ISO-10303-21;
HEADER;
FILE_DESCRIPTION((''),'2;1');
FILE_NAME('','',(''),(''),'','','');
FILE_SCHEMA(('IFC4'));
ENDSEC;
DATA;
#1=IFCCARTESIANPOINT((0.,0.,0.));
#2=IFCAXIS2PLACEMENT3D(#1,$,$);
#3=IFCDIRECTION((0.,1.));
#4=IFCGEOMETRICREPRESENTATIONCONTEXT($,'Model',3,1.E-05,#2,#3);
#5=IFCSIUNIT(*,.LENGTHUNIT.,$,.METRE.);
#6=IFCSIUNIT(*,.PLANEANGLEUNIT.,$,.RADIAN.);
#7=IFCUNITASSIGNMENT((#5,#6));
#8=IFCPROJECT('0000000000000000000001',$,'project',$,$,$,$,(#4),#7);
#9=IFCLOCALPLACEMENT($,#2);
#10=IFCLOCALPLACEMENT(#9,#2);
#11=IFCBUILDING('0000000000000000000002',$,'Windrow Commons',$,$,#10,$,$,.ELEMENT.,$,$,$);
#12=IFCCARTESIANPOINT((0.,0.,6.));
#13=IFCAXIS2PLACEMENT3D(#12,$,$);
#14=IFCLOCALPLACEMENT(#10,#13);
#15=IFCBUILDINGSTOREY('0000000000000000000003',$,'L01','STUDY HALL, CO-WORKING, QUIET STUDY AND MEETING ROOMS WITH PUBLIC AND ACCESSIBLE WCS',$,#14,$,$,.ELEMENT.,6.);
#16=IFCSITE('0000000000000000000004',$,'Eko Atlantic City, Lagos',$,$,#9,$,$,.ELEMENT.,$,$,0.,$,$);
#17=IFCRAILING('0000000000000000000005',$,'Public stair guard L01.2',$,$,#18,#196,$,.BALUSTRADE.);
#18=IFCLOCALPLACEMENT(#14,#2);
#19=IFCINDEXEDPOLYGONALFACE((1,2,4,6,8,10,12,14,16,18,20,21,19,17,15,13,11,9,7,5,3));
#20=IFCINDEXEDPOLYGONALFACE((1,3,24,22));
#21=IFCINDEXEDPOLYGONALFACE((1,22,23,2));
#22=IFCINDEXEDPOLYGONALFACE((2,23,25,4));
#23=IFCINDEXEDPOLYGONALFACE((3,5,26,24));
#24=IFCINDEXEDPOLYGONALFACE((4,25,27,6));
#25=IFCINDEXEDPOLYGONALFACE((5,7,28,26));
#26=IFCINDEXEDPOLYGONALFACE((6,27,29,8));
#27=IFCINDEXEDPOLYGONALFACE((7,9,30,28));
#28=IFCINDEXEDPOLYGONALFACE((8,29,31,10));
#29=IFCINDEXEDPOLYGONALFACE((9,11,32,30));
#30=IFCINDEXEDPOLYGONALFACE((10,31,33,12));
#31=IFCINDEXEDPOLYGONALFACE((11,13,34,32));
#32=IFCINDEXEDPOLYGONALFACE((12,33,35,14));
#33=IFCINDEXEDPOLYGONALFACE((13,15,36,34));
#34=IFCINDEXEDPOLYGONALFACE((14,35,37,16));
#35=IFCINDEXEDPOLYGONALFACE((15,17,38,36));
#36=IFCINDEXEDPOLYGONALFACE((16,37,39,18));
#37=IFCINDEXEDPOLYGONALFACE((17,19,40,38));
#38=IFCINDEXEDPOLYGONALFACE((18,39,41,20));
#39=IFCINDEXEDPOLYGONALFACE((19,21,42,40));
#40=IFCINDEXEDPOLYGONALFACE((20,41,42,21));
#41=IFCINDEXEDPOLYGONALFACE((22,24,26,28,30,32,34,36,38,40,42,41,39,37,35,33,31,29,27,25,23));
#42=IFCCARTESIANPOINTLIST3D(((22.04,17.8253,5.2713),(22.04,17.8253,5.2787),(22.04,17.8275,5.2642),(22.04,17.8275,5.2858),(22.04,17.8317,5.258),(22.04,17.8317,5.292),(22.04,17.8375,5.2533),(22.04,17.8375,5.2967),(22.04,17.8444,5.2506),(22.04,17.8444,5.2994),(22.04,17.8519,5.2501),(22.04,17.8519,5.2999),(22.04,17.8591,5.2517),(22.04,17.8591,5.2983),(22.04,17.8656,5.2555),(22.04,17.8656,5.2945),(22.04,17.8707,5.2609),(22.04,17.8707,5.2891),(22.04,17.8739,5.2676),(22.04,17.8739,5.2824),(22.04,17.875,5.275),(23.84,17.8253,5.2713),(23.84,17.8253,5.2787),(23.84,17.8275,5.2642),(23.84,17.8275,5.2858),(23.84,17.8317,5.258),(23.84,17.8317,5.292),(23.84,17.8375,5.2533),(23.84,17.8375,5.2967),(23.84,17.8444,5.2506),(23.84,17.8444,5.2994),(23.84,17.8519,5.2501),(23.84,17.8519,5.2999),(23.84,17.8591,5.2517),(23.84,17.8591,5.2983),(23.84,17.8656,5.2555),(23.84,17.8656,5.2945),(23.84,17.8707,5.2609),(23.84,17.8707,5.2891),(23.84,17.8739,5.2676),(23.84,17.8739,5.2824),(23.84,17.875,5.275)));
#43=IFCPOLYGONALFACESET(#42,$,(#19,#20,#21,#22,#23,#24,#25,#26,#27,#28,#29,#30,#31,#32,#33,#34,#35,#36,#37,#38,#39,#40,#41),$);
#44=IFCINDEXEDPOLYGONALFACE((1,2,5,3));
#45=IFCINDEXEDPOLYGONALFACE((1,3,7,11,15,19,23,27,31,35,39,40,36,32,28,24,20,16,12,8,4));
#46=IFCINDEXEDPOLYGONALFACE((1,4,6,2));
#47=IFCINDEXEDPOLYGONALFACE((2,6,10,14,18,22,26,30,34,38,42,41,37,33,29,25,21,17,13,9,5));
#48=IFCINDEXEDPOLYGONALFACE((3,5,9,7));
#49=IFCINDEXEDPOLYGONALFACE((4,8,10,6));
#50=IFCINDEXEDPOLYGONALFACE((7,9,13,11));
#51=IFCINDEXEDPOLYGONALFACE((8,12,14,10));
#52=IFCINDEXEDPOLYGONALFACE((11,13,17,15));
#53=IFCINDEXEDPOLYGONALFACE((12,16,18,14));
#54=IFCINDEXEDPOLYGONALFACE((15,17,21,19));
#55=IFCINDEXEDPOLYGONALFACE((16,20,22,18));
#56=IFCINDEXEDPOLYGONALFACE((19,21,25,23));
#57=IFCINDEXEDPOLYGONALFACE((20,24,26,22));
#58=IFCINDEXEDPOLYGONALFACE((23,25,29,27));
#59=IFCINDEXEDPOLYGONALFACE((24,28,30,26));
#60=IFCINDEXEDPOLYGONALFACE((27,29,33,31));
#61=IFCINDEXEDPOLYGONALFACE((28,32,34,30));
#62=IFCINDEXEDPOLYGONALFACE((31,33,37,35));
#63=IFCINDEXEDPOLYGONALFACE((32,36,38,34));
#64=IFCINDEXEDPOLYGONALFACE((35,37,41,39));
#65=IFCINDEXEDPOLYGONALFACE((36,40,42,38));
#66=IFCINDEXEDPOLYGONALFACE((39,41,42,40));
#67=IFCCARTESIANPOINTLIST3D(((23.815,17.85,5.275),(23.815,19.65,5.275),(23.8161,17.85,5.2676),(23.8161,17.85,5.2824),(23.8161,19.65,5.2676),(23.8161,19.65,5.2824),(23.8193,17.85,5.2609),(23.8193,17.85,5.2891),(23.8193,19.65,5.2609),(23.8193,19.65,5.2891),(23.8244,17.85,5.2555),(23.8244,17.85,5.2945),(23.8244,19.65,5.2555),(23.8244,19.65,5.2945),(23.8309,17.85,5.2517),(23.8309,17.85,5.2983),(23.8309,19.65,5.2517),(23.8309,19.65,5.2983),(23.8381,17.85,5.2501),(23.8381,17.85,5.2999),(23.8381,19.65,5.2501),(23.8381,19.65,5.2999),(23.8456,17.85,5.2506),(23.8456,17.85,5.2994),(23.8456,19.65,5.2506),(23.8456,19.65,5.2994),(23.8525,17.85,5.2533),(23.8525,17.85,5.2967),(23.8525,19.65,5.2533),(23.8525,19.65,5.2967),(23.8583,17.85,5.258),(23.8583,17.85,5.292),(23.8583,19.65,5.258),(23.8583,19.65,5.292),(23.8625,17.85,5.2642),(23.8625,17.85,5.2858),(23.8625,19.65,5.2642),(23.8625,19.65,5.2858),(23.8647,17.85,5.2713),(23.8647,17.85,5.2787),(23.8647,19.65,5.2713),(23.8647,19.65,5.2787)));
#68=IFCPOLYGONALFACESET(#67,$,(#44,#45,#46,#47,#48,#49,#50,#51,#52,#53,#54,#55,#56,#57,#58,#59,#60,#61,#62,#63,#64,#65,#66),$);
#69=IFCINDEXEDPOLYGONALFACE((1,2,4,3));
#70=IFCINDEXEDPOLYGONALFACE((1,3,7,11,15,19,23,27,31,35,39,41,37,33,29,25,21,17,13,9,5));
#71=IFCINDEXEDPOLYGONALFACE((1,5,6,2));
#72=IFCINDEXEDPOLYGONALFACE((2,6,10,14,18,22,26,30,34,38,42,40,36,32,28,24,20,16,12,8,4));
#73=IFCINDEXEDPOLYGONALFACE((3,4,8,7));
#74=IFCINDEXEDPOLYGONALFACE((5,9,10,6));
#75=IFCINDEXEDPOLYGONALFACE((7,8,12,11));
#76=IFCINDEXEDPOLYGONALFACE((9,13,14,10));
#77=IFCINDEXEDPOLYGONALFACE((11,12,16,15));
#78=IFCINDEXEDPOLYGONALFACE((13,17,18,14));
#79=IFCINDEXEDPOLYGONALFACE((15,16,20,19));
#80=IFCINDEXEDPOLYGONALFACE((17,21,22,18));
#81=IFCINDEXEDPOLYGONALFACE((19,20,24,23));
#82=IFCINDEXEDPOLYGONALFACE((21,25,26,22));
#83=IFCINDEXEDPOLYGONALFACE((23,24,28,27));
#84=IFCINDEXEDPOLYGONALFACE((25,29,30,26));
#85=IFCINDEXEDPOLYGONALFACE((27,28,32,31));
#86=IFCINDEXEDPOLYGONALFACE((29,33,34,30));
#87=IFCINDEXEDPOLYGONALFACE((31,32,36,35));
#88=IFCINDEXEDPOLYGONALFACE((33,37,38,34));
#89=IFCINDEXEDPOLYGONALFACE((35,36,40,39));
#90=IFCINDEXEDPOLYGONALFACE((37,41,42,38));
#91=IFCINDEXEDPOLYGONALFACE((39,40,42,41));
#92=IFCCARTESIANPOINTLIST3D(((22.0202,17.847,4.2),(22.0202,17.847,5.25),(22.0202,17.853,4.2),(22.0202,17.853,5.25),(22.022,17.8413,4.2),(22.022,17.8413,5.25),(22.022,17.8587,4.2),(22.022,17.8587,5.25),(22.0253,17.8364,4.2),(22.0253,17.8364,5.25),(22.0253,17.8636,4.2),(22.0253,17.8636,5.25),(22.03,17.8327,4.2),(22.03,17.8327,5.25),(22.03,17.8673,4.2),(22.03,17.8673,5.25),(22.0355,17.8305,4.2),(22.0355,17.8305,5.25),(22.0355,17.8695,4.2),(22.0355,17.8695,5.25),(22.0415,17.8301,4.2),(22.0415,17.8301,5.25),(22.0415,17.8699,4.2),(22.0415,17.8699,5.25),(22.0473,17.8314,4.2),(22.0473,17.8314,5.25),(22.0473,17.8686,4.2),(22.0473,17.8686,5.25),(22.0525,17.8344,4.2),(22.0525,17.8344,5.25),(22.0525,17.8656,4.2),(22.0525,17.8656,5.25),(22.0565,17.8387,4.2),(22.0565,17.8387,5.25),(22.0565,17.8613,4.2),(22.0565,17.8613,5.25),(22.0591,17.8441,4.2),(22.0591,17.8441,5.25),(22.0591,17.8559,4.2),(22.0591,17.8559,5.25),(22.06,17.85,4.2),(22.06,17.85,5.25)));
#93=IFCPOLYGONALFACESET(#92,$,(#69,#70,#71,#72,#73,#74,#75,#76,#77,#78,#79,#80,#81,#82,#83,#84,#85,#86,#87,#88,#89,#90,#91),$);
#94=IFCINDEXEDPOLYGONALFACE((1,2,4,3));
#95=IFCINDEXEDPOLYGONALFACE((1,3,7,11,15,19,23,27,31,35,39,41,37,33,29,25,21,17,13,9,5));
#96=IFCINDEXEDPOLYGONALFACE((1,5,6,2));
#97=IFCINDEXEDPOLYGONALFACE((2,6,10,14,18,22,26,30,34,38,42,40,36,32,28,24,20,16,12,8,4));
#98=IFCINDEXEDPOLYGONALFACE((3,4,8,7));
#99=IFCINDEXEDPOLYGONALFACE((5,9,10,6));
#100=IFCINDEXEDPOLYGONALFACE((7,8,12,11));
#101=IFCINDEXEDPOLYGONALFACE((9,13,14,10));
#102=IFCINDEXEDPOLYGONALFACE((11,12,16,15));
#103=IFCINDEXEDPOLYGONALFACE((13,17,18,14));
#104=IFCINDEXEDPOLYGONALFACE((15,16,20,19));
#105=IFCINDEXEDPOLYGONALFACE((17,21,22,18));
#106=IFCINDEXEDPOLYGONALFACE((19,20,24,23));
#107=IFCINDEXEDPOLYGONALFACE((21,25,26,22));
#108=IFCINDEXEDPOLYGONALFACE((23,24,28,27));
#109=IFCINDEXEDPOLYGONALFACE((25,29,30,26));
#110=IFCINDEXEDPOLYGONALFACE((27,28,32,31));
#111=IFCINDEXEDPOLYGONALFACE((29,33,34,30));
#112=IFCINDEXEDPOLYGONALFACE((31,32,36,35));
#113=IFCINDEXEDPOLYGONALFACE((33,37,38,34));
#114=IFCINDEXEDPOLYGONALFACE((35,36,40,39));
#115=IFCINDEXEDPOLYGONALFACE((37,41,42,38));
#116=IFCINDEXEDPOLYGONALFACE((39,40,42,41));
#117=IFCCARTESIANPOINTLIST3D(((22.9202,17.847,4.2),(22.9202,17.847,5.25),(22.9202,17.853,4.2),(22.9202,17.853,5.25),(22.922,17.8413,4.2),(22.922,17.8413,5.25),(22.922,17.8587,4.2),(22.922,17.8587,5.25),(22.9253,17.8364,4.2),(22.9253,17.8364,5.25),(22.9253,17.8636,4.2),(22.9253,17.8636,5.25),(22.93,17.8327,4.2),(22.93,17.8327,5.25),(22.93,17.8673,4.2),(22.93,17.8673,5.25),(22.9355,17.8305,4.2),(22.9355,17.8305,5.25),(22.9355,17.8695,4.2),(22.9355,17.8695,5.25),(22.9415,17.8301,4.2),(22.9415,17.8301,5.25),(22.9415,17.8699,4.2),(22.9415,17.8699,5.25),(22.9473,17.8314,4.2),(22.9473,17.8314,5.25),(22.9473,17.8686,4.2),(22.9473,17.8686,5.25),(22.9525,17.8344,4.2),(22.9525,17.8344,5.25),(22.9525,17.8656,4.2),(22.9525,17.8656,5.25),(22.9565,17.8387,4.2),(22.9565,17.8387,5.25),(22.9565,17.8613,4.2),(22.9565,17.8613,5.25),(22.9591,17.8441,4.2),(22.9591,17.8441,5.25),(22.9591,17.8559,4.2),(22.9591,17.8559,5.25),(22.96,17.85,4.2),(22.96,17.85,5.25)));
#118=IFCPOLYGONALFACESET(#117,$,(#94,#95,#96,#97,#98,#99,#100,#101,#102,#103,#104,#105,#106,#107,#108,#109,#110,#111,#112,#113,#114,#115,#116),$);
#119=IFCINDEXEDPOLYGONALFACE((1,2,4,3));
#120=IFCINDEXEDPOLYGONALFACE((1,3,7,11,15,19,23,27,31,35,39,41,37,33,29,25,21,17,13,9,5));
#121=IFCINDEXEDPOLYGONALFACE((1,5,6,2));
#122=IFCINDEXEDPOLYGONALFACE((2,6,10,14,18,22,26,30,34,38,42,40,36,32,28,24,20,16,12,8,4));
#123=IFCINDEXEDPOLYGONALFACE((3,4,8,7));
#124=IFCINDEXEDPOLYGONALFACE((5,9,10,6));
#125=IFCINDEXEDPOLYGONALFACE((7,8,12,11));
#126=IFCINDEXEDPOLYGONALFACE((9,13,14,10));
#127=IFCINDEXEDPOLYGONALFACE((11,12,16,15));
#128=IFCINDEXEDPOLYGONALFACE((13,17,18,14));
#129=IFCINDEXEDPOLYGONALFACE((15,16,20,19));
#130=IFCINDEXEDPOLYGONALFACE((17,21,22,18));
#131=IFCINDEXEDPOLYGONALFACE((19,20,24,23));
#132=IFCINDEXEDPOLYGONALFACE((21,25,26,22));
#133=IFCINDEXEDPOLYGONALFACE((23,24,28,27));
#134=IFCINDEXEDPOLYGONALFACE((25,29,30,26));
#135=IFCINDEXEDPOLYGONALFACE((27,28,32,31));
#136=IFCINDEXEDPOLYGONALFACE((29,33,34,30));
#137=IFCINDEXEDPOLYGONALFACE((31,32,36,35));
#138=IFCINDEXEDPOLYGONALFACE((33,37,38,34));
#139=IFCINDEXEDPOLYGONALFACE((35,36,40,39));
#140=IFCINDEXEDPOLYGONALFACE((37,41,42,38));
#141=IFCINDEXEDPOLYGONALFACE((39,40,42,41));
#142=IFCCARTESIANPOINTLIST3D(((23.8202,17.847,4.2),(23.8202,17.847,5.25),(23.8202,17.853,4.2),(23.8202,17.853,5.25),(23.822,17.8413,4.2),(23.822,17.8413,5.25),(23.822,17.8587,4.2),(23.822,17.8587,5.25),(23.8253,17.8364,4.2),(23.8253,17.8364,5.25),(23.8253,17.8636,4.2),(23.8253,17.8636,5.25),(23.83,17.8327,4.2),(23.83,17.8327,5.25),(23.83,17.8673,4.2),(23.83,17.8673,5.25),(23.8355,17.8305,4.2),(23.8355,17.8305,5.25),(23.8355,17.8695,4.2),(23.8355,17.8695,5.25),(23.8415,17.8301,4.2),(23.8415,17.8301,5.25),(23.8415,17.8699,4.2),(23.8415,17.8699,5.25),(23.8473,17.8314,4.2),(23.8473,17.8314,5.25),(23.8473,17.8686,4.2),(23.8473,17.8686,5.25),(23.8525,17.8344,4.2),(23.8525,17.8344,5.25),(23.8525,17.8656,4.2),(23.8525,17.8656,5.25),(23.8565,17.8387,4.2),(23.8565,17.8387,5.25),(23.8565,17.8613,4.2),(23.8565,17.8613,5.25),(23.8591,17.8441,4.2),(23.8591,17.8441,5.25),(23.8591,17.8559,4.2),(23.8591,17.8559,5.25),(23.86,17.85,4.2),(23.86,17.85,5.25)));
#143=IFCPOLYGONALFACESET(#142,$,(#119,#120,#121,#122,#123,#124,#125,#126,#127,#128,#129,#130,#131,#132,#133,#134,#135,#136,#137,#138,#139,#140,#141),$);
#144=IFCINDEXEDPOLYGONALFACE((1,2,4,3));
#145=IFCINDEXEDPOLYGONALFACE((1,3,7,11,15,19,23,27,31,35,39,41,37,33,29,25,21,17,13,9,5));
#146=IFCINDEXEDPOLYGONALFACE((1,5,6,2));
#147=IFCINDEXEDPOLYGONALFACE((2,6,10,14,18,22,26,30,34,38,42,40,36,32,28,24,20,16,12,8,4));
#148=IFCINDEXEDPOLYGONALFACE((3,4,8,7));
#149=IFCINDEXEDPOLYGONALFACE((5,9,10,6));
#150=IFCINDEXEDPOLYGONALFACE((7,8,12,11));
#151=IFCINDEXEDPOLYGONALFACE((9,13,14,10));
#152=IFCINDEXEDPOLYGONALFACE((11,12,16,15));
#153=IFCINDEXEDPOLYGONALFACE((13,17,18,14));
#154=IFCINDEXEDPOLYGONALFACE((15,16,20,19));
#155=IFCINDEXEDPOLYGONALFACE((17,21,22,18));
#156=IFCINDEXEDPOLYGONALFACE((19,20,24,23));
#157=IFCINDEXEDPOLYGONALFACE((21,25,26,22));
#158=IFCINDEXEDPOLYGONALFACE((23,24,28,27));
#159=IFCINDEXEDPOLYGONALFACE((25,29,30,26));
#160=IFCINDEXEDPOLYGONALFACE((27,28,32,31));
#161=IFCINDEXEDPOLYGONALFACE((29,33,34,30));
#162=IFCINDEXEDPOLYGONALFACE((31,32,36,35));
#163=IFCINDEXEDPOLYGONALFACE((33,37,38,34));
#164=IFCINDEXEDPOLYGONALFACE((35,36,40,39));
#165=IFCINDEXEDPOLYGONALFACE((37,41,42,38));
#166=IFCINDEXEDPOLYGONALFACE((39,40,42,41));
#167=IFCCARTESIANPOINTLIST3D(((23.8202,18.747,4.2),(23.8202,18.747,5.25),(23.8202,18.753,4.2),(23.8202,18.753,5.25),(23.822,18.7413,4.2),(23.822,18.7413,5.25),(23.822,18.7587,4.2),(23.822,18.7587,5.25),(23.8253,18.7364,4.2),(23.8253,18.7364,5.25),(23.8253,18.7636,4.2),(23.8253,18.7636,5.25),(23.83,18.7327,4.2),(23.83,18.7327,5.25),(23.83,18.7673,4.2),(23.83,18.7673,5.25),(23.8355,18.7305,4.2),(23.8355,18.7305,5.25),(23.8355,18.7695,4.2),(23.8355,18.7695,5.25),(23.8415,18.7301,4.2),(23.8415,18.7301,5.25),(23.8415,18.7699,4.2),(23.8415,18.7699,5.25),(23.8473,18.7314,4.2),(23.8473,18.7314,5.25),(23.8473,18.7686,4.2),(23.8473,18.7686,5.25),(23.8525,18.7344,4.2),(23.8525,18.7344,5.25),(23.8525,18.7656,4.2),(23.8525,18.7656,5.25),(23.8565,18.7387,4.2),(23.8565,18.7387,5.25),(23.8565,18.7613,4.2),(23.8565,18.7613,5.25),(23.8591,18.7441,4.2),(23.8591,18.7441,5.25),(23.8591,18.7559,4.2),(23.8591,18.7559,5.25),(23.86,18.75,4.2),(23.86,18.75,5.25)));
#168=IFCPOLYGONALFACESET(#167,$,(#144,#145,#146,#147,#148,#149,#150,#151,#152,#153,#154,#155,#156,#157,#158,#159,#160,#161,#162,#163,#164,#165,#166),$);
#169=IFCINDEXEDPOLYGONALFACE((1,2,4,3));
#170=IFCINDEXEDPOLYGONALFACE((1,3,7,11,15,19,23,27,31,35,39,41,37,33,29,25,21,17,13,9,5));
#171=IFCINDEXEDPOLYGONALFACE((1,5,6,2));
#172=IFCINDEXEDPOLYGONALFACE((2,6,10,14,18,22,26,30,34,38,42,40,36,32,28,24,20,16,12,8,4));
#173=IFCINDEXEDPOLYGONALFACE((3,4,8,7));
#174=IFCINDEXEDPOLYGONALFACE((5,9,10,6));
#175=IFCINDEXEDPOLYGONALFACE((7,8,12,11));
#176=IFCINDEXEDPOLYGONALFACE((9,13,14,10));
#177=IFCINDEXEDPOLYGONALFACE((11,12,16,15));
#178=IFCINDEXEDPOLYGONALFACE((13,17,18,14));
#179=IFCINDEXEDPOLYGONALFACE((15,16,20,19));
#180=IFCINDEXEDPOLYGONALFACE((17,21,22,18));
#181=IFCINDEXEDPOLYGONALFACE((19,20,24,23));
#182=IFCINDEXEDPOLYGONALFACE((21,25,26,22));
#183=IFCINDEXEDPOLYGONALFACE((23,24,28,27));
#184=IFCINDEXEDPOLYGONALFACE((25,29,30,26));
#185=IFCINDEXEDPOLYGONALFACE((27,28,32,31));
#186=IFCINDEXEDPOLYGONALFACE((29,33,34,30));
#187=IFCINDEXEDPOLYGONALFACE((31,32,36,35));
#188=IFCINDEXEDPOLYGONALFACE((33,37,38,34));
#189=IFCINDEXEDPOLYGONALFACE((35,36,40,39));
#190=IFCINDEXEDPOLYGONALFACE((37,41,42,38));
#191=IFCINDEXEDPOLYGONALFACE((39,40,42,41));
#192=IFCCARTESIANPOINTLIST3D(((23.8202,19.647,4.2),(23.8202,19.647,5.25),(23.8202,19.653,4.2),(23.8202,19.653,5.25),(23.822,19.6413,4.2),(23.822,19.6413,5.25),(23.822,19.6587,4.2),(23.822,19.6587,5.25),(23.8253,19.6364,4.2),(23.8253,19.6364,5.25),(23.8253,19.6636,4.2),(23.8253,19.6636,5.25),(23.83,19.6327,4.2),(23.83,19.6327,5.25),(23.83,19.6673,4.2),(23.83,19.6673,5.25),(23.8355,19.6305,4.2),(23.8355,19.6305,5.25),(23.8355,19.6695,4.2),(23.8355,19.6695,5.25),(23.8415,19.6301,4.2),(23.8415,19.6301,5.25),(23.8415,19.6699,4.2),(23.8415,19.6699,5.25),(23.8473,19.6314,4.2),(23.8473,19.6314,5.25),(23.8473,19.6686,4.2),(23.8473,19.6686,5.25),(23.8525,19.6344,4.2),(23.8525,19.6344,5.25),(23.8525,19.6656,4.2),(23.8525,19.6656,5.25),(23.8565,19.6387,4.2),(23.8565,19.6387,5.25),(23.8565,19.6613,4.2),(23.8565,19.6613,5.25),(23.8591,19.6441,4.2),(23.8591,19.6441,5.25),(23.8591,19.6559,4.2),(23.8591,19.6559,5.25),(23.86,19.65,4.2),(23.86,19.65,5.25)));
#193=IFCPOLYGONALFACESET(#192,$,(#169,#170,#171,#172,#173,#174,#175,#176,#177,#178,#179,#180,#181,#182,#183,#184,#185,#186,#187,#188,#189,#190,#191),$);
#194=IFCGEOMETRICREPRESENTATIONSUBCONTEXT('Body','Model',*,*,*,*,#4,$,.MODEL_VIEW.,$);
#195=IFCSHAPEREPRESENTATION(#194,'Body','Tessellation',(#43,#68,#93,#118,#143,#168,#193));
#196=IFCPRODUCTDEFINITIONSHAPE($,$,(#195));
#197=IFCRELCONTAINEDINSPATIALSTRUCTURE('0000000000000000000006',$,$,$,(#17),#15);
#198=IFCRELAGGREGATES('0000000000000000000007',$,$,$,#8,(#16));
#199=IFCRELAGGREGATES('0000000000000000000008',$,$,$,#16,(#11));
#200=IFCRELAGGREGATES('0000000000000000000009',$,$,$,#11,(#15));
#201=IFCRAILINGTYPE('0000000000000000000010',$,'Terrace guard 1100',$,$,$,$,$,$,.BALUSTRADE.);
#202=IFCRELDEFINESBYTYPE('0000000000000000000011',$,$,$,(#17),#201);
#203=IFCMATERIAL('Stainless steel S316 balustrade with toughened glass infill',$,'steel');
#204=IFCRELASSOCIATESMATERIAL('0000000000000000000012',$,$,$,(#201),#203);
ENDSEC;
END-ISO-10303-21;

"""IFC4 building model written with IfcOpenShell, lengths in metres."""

from ifc_helpers import new_model, si_unit, direction, frame, origin, origin_2d, place, context, subcontext, project, spatial, circle, extrude, material, type_object, element, save


model = new_model("IFC4")

# Units and contexts
model_context = context("Model", 3, precision=1e-05, world=origin(), true_north=direction((0.0, 1.0)))
body_context = subcontext(model_context, "Body", "Model", "MODEL_VIEW")
ifc_project = project(units=[si_unit("LENGTHUNIT", "METRE"), si_unit("PLANEANGLEUNIT", "RADIAN")], contexts=[model_context])

# Site, building, storey
site_placement = place(None, origin())
site = spatial("IfcSite", under=ifc_project, at=site_placement, Name="Eko Atlantic City, Lagos", CompositionType="ELEMENT", RefElevation=0.0)
building_placement = place(site_placement, origin())
building = spatial("IfcBuilding", under=site, at=building_placement, Name="Windrow Commons", CompositionType="ELEMENT")
storey_placement = place(building_placement, frame((0.0, 0.0, 6.0)))
storey = spatial("IfcBuildingStorey", under=building, at=storey_placement, Name="L01", Description="STUDY HALL, CO-WORKING, QUIET STUDY AND MEETING ROOMS WITH PUBLIC AND ACCESSIBLE WCS", CompositionType="ELEMENT", Elevation=6.0)

# Railing
ifc_material_1 = material(Name="Stainless steel S316 balustrade with toughened glass infill", Category="steel")
railing_type = type_object("IfcRailingType", Name="Terrace guard 1100", PredefinedType="BALUSTRADE", material=ifc_material_1)
railing_placement = place(storey_placement, frame((22.04, 17.85, 4.2)))
element("IfcRailing", 1, at=railing_placement, inside=storey, type_object=railing_type, Name="Public stair guard L01.2", PredefinedType="BALUSTRADE", context=body_context, shape_type="SweptSolid", body=[
    extrude(circle(Radius=0.025, at=origin_2d()), frame((0.0, 0.0, 1.075), z_axis=(1.0, 0.0, 0.0), x_axis=(0.0, 1.0, 0.0)), (0.0, 0.0, 1.0), 1.8),
    extrude(circle(Radius=0.025, at=origin_2d()), frame((1.8, 0.0, 1.075), z_axis=(0.0, 1.0, 0.0), x_axis=(-1.0, 0.0, 0.0)), (0.0, 0.0, 1.0), 1.8),
    extrude(circle(Radius=0.02, at=origin_2d()), origin(), (0.0, 0.0, 1.0), 1.05),
    extrude(circle(Radius=0.02, at=origin_2d()), frame((0.9, 0.0, 0.0)), (0.0, 0.0, 1.0), 1.05),
    extrude(circle(Radius=0.02, at=origin_2d()), frame((1.8, 0.0, 0.0)), (0.0, 0.0, 1.0), 1.05),
    extrude(circle(Radius=0.02, at=origin_2d()), frame((1.8, 0.9, 0.0)), (0.0, 0.0, 1.0), 1.05),
    extrude(circle(Radius=0.02, at=origin_2d()), frame((1.8, 1.8, 0.0)), (0.0, 0.0, 1.0), 1.05),
])

save(model, "model.ifc")
